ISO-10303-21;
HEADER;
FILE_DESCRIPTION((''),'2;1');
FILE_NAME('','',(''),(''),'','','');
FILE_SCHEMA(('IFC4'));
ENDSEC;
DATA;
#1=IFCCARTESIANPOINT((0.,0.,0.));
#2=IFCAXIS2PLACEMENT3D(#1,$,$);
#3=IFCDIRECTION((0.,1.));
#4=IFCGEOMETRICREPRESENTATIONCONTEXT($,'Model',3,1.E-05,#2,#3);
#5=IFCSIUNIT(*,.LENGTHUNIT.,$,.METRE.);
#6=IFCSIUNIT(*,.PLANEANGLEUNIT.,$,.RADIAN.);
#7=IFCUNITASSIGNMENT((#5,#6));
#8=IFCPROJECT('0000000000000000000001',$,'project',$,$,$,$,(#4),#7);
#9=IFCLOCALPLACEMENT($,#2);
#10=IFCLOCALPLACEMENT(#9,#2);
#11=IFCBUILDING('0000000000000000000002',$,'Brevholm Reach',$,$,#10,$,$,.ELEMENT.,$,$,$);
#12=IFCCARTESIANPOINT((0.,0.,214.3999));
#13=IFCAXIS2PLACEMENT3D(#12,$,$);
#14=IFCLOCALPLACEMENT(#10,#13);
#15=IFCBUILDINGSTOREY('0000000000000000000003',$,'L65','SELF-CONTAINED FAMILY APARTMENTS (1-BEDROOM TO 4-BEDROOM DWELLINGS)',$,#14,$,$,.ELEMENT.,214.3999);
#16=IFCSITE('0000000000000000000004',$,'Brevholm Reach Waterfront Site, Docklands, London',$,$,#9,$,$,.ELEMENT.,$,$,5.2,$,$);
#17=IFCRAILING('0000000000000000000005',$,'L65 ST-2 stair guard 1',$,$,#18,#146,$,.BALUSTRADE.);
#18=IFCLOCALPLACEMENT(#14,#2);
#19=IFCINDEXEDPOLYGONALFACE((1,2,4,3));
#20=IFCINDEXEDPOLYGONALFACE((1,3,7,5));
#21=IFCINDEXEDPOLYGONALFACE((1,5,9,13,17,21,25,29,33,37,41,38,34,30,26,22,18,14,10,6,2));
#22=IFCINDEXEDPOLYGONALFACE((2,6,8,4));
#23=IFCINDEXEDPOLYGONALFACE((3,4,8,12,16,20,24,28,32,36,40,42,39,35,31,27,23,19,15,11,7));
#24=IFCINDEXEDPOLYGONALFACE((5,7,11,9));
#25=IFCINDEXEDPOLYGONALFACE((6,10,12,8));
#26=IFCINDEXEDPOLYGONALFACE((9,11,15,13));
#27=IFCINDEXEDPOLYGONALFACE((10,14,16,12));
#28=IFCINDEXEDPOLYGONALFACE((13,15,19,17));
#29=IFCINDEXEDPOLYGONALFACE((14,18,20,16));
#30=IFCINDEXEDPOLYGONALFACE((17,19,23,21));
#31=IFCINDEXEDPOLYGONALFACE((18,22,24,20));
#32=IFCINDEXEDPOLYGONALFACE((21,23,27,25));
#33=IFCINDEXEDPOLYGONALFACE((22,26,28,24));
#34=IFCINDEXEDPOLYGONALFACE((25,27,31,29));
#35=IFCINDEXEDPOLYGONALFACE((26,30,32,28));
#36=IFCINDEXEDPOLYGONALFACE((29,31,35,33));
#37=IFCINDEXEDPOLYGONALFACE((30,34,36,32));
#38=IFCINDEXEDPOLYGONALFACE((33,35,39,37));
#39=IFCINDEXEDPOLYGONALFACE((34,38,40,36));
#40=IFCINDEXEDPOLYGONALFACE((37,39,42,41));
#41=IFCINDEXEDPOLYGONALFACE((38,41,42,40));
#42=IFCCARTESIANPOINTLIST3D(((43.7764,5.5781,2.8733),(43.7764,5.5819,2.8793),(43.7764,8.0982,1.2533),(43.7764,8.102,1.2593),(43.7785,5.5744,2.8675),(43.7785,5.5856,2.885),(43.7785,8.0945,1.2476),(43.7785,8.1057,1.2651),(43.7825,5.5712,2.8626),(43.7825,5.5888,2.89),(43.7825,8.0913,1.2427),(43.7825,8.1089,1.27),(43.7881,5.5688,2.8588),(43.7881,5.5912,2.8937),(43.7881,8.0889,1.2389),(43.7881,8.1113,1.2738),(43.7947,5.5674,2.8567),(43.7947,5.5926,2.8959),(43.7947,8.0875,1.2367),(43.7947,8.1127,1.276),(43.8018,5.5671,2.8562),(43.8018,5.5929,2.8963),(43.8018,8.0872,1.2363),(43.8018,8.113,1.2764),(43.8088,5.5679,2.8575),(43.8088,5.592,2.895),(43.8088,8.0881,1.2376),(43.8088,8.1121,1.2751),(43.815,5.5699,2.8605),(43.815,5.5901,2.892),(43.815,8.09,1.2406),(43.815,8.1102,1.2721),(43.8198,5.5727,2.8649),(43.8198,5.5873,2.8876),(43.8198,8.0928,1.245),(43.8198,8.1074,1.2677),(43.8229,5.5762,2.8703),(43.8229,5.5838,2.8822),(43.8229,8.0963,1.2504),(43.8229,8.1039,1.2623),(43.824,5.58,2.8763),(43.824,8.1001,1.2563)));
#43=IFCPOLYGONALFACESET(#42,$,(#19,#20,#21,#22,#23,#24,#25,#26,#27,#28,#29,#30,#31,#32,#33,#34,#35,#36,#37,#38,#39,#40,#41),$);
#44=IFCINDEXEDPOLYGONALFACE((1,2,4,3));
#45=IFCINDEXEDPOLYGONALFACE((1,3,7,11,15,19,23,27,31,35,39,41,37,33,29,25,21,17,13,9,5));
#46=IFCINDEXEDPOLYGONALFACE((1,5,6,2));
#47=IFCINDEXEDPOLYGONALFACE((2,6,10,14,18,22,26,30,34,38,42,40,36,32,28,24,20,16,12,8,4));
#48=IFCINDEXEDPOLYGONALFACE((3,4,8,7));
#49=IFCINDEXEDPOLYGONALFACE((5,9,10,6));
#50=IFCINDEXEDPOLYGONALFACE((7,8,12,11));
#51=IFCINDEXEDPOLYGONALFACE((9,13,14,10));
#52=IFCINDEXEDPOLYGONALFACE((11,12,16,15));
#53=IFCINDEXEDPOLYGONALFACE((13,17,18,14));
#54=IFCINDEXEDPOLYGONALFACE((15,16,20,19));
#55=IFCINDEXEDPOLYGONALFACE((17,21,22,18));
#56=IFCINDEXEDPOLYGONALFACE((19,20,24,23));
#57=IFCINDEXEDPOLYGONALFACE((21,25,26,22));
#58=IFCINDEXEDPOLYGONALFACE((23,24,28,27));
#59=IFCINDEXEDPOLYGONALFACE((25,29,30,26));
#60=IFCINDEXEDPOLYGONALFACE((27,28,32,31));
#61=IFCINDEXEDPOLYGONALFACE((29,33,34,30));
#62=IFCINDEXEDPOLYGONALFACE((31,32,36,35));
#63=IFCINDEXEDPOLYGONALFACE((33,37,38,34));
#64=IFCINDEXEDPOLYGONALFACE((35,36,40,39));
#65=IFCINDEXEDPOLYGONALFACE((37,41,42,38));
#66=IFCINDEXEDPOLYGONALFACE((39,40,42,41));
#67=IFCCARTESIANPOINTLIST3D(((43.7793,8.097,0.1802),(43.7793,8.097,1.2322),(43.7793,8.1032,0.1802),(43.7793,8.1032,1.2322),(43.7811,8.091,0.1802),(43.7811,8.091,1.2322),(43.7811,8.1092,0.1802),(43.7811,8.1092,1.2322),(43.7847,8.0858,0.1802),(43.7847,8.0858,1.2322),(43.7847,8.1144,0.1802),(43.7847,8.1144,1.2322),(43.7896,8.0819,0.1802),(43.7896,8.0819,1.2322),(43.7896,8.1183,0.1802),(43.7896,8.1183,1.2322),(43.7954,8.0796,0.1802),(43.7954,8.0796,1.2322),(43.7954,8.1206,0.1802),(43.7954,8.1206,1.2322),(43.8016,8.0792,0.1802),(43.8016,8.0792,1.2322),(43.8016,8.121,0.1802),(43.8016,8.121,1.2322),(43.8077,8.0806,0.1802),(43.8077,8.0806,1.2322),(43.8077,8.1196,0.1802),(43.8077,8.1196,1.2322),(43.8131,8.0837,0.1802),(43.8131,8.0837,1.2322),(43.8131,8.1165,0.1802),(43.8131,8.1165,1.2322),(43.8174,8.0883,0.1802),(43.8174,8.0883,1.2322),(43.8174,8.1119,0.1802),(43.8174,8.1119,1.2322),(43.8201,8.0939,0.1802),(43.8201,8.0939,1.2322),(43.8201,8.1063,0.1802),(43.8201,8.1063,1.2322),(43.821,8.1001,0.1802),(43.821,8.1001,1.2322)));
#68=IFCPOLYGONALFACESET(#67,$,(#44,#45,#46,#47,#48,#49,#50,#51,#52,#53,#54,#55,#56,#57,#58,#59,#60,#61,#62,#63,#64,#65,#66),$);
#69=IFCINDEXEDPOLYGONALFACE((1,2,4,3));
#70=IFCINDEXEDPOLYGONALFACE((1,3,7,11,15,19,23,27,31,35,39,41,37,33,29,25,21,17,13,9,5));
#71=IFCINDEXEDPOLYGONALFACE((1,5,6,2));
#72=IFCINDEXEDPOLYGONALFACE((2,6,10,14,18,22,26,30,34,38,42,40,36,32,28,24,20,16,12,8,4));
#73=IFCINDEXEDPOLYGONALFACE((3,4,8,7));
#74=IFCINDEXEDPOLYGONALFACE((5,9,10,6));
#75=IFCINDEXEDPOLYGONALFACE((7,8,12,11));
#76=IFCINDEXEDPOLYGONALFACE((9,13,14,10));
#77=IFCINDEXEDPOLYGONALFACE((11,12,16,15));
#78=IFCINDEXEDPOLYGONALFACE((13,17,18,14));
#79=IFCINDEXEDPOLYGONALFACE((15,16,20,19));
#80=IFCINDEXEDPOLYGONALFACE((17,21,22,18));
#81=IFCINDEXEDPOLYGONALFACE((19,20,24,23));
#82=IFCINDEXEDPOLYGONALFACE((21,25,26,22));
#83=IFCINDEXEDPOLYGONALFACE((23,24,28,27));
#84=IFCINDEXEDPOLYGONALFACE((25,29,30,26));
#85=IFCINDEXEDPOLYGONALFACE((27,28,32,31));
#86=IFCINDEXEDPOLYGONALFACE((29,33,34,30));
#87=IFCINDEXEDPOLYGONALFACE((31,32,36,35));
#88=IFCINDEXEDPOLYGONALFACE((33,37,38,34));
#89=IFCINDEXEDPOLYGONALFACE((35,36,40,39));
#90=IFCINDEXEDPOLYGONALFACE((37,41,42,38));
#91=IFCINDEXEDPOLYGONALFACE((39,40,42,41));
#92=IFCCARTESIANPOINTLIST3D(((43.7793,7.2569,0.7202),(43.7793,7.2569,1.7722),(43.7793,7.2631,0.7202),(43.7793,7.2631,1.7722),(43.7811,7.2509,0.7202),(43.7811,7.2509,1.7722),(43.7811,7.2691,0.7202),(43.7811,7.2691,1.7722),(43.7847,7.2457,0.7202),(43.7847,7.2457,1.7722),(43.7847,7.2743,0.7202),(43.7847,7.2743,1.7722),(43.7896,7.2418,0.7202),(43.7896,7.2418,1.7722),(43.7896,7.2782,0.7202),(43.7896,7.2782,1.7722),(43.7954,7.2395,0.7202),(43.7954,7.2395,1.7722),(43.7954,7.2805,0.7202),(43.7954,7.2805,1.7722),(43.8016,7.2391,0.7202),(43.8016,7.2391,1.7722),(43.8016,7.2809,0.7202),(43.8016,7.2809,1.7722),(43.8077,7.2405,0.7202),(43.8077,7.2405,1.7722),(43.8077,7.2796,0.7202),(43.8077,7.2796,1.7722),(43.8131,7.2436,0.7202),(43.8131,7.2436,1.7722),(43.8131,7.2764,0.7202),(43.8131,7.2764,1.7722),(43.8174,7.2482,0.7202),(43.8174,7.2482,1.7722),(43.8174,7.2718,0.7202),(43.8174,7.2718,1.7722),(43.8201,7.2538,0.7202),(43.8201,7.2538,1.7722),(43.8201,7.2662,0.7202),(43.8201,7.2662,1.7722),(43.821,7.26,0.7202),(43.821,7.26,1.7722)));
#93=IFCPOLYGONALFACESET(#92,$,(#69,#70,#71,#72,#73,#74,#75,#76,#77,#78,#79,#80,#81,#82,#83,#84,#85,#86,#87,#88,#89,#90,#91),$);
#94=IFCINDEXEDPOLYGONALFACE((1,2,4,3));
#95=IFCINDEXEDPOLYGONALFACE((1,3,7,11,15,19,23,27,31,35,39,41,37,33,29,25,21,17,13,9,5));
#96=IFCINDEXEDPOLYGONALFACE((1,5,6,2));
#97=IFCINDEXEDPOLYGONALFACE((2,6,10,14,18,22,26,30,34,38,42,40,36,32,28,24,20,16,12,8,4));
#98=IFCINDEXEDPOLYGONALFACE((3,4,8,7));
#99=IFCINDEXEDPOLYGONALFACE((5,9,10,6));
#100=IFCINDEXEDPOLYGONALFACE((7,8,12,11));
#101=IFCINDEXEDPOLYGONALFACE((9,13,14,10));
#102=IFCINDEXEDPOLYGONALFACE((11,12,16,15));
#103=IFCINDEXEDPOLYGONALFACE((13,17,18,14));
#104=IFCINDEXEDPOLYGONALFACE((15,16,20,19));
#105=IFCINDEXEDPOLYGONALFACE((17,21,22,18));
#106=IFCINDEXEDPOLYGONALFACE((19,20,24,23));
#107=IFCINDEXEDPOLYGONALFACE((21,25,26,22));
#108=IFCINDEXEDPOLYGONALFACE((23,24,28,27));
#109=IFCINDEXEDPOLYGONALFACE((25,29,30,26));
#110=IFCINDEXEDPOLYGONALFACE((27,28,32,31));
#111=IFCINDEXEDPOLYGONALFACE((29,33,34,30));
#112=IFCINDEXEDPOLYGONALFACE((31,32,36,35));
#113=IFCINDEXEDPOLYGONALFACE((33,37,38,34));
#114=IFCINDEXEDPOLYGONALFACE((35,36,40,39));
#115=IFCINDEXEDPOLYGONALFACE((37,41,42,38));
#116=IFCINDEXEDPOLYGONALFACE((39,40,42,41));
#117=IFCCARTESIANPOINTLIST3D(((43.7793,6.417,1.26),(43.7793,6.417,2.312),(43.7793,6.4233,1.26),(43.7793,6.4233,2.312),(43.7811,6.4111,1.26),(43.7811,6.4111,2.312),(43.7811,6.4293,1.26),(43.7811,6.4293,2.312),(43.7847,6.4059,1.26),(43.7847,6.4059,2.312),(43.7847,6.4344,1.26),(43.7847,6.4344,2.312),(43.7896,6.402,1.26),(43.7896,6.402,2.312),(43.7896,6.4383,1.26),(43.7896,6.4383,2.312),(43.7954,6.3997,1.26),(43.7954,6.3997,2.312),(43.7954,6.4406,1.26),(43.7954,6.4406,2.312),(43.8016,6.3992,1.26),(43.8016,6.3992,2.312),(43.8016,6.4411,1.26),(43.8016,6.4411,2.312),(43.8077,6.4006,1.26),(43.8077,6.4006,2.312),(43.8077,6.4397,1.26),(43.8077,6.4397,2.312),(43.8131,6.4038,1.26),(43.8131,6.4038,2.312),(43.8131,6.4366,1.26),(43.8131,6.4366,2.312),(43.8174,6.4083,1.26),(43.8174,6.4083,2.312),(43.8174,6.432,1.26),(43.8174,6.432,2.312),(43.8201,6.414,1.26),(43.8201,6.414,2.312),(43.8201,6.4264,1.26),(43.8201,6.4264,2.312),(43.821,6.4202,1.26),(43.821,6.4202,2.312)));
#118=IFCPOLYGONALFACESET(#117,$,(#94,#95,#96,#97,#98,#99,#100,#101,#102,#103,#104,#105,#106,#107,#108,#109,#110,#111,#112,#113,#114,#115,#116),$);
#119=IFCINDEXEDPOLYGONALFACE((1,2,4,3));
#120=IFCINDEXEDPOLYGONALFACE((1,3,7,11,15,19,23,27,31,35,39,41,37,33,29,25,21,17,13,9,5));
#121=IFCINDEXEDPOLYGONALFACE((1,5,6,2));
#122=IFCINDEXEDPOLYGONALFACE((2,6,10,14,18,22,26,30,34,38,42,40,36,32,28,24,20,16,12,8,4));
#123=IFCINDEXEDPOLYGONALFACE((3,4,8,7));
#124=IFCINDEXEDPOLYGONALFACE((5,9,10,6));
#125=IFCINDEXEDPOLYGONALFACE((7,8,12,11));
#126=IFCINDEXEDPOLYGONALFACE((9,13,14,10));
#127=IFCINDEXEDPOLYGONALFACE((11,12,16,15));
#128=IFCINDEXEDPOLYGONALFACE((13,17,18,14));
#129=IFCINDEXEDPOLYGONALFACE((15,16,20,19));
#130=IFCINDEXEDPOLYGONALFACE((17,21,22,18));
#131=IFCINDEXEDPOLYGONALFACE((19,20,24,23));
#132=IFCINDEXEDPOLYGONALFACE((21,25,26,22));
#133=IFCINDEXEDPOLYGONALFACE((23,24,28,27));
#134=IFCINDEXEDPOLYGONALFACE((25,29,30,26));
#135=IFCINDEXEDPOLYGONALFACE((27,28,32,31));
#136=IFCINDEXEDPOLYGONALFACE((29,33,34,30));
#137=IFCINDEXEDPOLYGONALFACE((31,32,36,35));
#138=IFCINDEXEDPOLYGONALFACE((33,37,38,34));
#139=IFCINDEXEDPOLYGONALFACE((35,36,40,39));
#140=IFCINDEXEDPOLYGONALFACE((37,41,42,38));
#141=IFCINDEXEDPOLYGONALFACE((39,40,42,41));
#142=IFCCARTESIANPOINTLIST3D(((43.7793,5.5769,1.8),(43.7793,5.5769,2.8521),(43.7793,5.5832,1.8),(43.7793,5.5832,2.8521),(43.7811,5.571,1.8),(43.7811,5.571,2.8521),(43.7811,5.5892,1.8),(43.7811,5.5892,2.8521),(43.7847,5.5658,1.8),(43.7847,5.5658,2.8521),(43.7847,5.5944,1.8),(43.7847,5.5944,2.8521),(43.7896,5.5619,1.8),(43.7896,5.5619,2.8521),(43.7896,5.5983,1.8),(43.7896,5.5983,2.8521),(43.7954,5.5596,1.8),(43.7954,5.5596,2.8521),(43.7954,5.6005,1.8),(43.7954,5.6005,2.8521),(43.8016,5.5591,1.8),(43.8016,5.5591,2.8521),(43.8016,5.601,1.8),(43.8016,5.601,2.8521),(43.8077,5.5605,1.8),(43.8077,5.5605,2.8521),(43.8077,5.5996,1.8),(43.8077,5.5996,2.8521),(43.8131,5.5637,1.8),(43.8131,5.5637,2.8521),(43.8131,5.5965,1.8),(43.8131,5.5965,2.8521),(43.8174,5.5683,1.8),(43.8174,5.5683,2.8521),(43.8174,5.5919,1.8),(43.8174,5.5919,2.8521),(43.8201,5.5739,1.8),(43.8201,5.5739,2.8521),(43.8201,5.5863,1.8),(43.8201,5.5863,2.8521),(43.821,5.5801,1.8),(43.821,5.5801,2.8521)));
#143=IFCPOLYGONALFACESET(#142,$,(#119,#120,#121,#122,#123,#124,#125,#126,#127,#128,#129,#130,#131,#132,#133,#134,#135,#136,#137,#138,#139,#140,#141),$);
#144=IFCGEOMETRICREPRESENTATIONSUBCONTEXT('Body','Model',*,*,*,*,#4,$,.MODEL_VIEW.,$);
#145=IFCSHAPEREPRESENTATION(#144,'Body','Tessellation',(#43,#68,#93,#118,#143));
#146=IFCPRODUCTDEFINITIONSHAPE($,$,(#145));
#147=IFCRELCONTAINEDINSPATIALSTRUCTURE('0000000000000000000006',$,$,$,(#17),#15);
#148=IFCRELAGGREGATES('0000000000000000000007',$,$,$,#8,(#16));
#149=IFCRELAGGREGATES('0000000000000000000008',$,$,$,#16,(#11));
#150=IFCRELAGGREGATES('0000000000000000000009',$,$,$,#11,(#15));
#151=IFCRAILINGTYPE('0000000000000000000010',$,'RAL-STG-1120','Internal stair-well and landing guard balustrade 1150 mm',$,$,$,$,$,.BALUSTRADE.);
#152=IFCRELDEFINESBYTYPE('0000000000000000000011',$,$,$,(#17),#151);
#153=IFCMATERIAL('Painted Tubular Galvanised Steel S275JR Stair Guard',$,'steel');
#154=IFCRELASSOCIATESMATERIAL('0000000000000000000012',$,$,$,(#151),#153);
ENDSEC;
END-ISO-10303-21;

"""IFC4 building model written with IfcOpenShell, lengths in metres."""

from ifc_helpers import new_model, si_unit, direction, frame, origin, origin_2d, place, context, subcontext, project, spatial, circle, extrude, material, type_object, element, save


model = new_model("IFC4")

# Units and contexts
model_context = context("Model", 3, precision=1e-05, world=origin(), true_north=direction((0.0, 1.0)))
body_context = subcontext(model_context, "Body", "Model", "MODEL_VIEW")
ifc_project = project(units=[si_unit("LENGTHUNIT", "METRE"), si_unit("PLANEANGLEUNIT", "RADIAN")], contexts=[model_context])

# Site, building, storey
site_placement = place(None, origin())
site = spatial("IfcSite", under=ifc_project, at=site_placement, Name="Brevholm Reach Waterfront Site, Docklands, London", CompositionType="ELEMENT", RefElevation=5.2)
building_placement = place(site_placement, origin())
building = spatial("IfcBuilding", under=site, at=building_placement, Name="Brevholm Reach", CompositionType="ELEMENT")
storey_placement = place(building_placement, frame((0.0, 0.0, 214.3999)))
storey = spatial("IfcBuildingStorey", under=building, at=storey_placement, Name="L65", Description="SELF-CONTAINED FAMILY APARTMENTS (1-BEDROOM TO 4-BEDROOM DWELLINGS)", CompositionType="ELEMENT", Elevation=214.3999)

# Railing
ifc_material_1 = material(Name="Painted Tubular Galvanised Steel S275JR Stair Guard", Category="steel")
railing_type_1 = type_object("IfcRailingType", Name="RAL-STG-1120", Description="Internal stair-well and landing guard balustrade 1150 mm", PredefinedType="BALUSTRADE", material=ifc_material_1)
railing_1_placement = place(storey_placement, frame((43.8, 8.1001, 0.1802)))
element("IfcRailing", 1, at=railing_1_placement, inside=storey, type_object=railing_type_1, Name="L65 ST-2 stair guard 1", PredefinedType="BALUSTRADE", context=body_context, shape_type="SweptSolid", body=[
    extrude(circle(Radius=0.0239, at=origin_2d()), frame((0.0, 0.0, 1.0762), z_axis=(0.0, -0.8412, 0.540725), x_axis=(1.0, 0.0, 0.0)), (0.0, 0.0, 1.0), 2.9958),
    extrude(circle(Radius=0.021, at=origin_2d()), origin(), (0.0, 0.0, 1.0), 1.052),
    extrude(circle(Radius=0.021, at=origin_2d()), frame((0.0, -0.8401, 0.54)), (0.0, 0.0, 1.0), 1.052),
    extrude(circle(Radius=0.021, at=origin_2d()), frame((0.0, -1.6799, 1.0798)), (0.0, 0.0, 1.0), 1.052),
    extrude(circle(Radius=0.021, at=origin_2d()), frame((0.0, -2.52, 1.6199)), (0.0, 0.0, 1.0), 1.052),
])

save(model, "model.ifc")
